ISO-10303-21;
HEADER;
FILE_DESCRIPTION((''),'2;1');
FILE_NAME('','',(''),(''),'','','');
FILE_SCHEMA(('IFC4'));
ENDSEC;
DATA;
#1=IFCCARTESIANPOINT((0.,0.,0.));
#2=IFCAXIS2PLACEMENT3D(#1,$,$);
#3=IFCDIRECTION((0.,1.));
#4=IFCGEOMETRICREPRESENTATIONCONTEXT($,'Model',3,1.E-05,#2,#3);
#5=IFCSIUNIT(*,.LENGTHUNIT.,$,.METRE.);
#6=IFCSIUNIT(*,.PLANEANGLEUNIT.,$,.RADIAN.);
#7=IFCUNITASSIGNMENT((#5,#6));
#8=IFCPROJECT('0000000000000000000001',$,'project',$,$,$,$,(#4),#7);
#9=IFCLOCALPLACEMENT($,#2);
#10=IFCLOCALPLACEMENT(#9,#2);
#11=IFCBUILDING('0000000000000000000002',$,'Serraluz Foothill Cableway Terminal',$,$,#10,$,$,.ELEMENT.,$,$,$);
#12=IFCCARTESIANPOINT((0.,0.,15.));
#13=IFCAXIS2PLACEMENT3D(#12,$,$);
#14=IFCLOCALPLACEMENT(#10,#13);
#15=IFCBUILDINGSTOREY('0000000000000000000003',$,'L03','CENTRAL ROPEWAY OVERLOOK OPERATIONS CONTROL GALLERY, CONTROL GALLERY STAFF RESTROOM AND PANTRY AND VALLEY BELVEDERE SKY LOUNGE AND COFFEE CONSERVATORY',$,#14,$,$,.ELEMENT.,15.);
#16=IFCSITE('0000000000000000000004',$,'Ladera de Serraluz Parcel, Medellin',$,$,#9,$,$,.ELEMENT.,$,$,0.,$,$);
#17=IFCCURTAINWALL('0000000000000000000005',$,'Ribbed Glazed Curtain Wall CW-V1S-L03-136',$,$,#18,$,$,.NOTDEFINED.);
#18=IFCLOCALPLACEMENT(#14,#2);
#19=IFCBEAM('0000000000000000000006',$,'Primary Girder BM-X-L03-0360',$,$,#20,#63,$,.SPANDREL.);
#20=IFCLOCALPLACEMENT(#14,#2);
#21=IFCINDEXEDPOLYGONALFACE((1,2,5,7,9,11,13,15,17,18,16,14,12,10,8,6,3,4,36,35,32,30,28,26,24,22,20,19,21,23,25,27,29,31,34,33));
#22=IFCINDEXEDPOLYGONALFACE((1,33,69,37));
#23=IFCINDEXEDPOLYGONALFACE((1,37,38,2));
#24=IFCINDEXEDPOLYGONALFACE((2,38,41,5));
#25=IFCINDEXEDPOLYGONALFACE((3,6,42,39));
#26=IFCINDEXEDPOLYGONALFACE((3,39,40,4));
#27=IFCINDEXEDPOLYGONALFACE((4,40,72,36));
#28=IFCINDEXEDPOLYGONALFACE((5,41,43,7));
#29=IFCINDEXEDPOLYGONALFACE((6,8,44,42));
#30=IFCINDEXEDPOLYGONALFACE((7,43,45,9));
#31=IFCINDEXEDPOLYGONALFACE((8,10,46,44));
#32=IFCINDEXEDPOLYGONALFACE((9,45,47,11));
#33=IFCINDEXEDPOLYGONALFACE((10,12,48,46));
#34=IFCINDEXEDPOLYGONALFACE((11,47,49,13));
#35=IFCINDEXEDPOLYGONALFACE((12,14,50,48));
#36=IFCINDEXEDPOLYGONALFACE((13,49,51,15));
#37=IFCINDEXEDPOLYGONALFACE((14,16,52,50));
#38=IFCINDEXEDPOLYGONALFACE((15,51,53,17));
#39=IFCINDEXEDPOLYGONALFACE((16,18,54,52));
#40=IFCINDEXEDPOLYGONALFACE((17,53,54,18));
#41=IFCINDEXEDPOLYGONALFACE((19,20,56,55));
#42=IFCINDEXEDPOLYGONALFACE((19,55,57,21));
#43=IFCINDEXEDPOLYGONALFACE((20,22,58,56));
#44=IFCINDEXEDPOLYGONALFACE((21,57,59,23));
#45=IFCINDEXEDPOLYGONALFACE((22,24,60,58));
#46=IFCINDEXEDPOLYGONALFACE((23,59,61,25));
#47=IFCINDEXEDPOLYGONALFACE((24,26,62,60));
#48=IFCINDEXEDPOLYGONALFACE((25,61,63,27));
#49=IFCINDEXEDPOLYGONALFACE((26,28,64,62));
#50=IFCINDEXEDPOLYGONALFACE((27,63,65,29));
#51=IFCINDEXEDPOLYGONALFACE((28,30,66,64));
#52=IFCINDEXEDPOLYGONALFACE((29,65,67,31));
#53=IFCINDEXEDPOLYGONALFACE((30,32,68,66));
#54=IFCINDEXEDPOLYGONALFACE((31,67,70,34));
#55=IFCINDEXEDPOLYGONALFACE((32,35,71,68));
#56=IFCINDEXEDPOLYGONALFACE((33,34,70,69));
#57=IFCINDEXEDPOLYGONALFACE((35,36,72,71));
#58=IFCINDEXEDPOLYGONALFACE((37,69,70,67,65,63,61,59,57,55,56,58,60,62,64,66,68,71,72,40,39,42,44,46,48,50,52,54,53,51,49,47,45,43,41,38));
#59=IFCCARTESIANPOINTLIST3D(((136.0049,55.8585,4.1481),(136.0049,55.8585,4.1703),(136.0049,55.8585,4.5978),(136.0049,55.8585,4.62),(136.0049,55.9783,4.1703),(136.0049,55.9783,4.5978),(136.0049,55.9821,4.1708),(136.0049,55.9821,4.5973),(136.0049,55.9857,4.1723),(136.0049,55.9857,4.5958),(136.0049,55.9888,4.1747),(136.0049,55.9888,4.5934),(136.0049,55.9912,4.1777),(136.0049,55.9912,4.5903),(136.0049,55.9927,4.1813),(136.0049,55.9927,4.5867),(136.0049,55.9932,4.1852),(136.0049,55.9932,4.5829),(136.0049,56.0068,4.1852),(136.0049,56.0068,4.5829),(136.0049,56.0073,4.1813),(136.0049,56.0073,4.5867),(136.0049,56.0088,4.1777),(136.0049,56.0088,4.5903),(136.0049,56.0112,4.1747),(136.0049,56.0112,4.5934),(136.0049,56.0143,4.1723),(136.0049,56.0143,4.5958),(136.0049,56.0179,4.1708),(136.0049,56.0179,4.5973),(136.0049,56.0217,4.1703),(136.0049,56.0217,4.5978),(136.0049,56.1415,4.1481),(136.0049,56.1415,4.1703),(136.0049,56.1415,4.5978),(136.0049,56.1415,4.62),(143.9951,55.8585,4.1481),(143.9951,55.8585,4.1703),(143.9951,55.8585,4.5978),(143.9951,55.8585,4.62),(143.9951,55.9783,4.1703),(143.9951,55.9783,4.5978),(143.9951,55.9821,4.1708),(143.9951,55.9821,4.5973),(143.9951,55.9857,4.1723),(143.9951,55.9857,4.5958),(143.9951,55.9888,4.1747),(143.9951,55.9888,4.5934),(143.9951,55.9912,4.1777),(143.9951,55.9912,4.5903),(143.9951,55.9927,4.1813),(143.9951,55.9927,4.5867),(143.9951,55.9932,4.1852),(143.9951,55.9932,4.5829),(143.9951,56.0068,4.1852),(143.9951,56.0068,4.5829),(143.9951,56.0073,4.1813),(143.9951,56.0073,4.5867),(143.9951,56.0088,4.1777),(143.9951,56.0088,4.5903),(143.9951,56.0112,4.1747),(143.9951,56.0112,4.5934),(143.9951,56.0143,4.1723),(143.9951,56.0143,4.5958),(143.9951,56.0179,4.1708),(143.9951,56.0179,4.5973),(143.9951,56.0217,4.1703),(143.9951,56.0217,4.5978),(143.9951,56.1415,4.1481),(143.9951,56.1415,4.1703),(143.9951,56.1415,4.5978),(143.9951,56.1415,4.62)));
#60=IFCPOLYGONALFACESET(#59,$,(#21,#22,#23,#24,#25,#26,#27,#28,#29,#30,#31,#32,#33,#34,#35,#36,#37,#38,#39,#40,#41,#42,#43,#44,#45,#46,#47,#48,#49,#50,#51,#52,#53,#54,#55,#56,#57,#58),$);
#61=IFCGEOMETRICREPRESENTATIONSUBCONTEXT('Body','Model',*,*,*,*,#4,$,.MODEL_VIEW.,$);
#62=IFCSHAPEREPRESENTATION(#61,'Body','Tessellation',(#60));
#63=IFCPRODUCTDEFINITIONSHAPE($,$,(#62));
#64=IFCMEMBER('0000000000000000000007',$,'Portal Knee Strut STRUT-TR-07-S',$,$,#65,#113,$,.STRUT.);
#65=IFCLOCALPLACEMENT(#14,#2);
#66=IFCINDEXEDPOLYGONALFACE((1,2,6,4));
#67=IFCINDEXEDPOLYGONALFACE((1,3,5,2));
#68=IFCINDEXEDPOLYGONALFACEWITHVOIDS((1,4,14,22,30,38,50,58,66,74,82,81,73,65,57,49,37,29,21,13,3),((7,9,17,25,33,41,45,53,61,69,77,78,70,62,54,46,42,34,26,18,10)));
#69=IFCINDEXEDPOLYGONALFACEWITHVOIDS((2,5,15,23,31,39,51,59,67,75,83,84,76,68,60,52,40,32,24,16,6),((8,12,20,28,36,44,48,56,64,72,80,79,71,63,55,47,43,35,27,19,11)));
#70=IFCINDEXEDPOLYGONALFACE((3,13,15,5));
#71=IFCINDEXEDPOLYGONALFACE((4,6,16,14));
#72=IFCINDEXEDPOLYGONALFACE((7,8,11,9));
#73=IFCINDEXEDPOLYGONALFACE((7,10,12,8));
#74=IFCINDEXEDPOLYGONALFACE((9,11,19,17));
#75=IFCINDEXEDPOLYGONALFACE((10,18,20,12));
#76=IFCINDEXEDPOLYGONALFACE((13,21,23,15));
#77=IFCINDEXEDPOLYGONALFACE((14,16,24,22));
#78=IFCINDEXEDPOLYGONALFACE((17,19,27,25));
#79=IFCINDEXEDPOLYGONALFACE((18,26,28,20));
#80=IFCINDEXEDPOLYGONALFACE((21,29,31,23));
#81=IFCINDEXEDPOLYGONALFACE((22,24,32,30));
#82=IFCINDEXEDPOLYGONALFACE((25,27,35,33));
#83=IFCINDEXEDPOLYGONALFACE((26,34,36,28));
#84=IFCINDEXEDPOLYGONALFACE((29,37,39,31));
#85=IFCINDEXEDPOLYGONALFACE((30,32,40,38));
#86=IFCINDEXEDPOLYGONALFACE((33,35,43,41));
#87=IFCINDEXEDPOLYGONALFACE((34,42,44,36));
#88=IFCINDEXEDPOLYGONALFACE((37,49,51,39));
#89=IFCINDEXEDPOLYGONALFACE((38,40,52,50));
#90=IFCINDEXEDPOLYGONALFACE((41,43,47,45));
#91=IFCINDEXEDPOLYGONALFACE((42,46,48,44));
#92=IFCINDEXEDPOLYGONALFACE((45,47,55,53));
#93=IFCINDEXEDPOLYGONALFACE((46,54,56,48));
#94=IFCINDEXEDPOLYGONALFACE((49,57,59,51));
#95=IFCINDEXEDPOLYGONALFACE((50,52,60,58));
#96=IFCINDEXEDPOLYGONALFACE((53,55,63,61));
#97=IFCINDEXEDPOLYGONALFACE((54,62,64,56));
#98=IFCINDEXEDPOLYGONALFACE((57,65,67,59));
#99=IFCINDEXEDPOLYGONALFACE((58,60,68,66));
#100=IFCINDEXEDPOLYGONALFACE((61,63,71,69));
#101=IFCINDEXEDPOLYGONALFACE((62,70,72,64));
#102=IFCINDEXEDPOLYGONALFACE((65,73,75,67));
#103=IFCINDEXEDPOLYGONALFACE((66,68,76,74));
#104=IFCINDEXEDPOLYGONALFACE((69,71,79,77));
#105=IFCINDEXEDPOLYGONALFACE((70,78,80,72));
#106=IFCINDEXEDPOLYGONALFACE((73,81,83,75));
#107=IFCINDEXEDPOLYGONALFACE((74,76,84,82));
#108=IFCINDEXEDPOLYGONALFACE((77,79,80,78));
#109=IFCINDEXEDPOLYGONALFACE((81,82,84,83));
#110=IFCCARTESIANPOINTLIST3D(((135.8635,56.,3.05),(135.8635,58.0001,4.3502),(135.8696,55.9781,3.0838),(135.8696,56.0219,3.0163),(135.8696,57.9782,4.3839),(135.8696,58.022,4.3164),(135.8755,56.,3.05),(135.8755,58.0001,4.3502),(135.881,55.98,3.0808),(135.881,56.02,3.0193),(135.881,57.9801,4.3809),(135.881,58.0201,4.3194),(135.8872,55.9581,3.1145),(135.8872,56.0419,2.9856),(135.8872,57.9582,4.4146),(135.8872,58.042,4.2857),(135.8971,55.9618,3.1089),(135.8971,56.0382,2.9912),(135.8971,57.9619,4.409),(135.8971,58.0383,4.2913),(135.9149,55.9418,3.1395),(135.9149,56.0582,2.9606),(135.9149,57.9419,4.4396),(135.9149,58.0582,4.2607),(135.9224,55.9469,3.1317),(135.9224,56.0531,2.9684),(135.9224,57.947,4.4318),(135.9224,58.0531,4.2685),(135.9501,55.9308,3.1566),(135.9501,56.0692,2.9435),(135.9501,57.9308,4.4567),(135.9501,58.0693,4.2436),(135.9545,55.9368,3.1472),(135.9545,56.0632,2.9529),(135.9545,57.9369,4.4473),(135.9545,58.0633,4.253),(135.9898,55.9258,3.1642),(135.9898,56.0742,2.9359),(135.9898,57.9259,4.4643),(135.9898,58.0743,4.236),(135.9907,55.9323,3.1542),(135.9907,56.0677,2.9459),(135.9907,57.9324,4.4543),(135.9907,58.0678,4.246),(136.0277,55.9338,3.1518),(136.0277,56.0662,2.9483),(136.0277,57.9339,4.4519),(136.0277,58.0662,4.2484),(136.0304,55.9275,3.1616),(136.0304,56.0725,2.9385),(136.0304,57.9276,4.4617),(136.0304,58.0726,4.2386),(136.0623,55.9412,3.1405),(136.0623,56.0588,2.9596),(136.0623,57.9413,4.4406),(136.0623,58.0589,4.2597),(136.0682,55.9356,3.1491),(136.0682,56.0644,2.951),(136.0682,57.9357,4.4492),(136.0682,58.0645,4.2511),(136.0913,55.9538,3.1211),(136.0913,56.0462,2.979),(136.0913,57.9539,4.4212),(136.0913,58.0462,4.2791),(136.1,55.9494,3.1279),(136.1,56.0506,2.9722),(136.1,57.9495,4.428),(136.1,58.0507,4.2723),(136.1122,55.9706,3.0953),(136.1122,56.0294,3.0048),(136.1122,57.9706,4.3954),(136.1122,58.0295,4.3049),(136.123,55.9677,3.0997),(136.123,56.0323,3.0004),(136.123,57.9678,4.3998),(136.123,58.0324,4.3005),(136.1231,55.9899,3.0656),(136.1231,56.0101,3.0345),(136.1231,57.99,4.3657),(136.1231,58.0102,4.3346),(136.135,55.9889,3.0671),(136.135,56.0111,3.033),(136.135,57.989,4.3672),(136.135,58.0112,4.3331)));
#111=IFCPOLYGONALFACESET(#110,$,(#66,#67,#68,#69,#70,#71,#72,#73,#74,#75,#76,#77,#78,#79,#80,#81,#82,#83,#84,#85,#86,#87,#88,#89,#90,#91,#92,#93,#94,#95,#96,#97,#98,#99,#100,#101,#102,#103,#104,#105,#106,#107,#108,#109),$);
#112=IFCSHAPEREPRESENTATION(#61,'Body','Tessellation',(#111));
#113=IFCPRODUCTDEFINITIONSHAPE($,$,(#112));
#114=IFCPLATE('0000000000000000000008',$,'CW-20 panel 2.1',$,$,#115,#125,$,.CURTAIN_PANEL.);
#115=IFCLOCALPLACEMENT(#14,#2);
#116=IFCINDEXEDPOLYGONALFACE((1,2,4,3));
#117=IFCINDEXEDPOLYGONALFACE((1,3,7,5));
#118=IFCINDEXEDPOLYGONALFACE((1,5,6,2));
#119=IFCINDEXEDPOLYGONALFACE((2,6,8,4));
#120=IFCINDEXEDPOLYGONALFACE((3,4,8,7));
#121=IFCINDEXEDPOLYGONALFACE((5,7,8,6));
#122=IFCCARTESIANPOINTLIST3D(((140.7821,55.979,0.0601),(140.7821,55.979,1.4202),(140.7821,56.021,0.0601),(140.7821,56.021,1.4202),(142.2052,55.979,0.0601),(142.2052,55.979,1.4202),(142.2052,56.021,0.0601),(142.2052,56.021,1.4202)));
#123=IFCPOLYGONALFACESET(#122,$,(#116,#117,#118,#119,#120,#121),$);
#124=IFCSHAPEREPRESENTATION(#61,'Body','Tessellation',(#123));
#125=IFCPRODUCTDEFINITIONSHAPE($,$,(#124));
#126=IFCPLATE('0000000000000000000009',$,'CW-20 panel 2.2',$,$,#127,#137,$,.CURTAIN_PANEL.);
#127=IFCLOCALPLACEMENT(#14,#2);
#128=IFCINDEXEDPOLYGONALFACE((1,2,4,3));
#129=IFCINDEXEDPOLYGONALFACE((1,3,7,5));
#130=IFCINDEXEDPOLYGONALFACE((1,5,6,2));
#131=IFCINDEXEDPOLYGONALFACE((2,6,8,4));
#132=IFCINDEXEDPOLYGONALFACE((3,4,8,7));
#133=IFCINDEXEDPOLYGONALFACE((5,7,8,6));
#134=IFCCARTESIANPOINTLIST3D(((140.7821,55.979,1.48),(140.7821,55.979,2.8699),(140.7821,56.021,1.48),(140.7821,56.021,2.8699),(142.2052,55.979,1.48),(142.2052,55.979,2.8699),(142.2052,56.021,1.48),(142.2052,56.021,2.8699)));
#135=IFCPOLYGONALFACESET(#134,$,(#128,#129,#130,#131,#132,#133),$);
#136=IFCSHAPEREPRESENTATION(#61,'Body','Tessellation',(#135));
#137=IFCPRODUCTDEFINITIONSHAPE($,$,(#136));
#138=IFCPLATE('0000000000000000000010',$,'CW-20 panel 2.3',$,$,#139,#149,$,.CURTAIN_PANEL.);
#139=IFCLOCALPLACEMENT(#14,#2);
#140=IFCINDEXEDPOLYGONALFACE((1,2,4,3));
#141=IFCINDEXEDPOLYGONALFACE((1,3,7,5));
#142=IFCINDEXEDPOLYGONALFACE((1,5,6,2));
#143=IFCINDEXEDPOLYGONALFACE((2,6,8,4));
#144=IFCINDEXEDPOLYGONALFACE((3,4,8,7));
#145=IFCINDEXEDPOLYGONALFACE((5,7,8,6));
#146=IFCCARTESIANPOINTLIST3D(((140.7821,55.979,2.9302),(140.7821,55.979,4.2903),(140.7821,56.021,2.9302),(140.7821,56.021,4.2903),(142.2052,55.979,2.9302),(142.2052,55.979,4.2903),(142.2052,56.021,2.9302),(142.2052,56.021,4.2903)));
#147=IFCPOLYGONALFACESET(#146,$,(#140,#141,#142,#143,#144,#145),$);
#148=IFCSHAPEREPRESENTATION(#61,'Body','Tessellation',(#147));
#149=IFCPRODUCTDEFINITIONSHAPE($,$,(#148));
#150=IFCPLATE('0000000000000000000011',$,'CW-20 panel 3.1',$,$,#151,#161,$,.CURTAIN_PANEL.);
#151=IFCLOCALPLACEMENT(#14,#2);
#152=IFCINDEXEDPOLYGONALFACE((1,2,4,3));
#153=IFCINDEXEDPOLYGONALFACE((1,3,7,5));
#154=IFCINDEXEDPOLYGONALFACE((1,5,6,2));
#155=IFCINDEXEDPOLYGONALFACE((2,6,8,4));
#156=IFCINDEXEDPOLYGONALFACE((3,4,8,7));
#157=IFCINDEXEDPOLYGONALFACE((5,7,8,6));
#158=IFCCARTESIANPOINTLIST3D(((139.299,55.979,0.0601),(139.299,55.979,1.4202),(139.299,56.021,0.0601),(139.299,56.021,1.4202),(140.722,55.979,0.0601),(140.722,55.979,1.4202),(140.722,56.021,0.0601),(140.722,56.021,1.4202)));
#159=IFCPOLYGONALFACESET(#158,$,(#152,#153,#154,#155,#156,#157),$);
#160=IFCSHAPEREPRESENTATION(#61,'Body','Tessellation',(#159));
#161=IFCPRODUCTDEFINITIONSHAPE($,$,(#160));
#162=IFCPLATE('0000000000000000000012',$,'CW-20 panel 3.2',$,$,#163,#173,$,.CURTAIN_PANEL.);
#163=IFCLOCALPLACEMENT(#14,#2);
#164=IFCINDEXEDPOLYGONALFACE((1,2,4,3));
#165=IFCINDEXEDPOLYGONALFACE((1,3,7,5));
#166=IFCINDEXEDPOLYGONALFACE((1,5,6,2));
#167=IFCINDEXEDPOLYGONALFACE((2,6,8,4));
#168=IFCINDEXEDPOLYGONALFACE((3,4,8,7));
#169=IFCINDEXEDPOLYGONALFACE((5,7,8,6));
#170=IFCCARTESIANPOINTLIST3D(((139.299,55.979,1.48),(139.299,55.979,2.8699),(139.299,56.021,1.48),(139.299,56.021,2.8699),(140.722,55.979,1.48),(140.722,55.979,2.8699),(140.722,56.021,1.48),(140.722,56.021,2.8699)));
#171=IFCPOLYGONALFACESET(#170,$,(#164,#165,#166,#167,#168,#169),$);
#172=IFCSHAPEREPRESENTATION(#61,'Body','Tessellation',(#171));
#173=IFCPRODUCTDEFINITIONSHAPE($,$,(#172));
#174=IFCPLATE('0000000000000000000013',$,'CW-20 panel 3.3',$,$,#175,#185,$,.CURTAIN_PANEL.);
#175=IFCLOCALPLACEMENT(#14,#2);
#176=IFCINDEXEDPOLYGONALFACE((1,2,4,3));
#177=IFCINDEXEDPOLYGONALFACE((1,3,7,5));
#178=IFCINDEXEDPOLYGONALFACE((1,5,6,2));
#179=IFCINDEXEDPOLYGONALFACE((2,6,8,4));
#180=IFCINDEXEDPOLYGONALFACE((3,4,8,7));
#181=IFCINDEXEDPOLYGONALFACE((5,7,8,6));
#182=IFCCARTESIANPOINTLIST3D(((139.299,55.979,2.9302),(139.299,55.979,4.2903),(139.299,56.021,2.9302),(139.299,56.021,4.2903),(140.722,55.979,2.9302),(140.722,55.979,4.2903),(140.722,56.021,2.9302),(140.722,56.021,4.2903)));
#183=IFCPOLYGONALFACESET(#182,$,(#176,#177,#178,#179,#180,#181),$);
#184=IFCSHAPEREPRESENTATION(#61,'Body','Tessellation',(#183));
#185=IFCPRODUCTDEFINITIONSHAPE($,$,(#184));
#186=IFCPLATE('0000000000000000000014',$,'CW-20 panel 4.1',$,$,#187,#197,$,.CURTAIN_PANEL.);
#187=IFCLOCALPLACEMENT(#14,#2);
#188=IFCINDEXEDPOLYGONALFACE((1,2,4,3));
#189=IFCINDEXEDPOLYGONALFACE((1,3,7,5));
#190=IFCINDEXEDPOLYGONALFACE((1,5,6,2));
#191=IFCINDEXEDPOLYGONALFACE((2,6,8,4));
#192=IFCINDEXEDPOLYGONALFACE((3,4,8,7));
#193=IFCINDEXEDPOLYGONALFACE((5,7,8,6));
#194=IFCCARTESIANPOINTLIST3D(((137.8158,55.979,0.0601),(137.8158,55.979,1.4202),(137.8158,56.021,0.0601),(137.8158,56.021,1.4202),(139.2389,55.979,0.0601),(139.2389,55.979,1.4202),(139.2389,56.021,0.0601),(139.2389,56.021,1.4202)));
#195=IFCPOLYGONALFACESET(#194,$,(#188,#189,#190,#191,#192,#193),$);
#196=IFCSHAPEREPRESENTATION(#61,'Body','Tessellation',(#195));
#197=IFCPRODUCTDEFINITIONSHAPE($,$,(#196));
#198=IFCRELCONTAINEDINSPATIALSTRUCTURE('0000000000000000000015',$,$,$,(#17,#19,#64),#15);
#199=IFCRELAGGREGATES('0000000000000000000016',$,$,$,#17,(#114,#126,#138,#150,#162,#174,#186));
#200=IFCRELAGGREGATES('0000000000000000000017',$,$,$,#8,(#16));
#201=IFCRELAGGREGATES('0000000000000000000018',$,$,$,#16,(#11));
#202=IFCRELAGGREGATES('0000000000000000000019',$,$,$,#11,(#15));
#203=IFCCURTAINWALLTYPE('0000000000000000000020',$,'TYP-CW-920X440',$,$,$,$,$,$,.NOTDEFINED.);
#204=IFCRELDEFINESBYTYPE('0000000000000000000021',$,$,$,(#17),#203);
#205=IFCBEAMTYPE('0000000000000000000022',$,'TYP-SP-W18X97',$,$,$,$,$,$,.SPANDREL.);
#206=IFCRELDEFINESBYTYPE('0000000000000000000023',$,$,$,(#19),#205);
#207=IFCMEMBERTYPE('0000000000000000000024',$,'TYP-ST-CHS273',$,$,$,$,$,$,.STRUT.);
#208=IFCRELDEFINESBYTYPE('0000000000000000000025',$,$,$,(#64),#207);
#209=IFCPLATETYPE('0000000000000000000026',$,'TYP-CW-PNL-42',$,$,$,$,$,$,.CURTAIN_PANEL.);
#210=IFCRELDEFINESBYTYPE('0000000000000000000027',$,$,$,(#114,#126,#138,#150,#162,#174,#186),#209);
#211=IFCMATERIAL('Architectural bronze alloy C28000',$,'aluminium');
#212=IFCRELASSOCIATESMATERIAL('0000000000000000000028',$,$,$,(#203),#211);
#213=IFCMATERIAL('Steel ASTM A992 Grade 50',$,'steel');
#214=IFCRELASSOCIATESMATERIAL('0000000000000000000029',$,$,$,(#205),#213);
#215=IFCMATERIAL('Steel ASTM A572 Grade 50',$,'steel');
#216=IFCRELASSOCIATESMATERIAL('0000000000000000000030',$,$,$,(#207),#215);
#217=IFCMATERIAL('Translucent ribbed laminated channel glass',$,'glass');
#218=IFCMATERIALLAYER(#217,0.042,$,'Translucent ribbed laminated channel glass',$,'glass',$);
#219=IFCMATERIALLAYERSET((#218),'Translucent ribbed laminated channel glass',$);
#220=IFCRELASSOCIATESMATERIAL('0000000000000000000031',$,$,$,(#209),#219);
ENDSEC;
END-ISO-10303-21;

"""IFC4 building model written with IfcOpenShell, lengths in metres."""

from ifc_helpers import new_model, si_unit, direction, frame, origin, origin_2d, place, context, subcontext, project, spatial, rectangle, hollow_circle, i_section, extrude, material, layer, layer_set, material_profile, profile_set, type_object, element, aggregate, save


model = new_model("IFC4")

# Units and contexts
model_context = context("Model", 3, precision=1e-05, world=origin(), true_north=direction((0.0, 1.0)))
body_context = subcontext(model_context, "Body", "Model", "MODEL_VIEW")
ifc_project = project(units=[si_unit("LENGTHUNIT", "METRE"), si_unit("PLANEANGLEUNIT", "RADIAN")], contexts=[model_context])

# Site, building, storey
site_placement = place(None, origin())
site = spatial("IfcSite", under=ifc_project, at=site_placement, Name="Ladera de Serraluz Parcel, Medellin", CompositionType="ELEMENT", RefElevation=0.0)
building_placement = place(site_placement, origin())
building = spatial("IfcBuilding", under=site, at=building_placement, Name="Serraluz Foothill Cableway Terminal", CompositionType="ELEMENT")
storey_placement = place(building_placement, frame((0.0, 0.0, 15.0)))
storey = spatial("IfcBuildingStorey", under=building, at=storey_placement, Name="L03", Description="CENTRAL ROPEWAY OVERLOOK OPERATIONS CONTROL GALLERY, CONTROL GALLERY STAFF RESTROOM AND PANTRY AND VALLEY BELVEDERE SKY LOUNGE AND COFFEE CONSERVATORY", CompositionType="ELEMENT", Elevation=15.0)

# Shared definitions
ifc_material_1 = material(Name="Steel ASTM A992 Grade 50", Category="steel")

# Shared definitions
ifc_material_2 = material(Name="Architectural bronze alloy C28000", Category="aluminium")

# Curtain wall
curtain_wall_type_1 = type_object("IfcCurtainWallType", Name="TYP-CW-920X440", PredefinedType="NOTDEFINED", material=ifc_material_2)
curtain_wall_1_placement = place(storey_placement, origin())
curtain_wall_1 = element("IfcCurtainWall", 1, at=curtain_wall_1_placement, inside=storey, type_object=curtain_wall_type_1, Name="Ribbed Glazed Curtain Wall CW-V1S-L03-136", PredefinedType="NOTDEFINED")

# Beam
ifc_material_profile_1 = material_profile(ifc_material_1, i_section(OverallWidth=0.283, OverallDepth=0.4719, WebThickness=0.0137, FlangeThickness=0.0222, FilletRadius=0.0149, at=origin_2d()), Name="W18X97")
ifc_profile_set_1 = profile_set([ifc_material_profile_1], Name="Steel ASTM A992 Grade 50")
beam_type_1 = type_object("IfcBeamType", Name="TYP-SP-W18X97", PredefinedType="SPANDREL", material=ifc_profile_set_1)
beam_1_placement = place(storey_placement, frame((136.0049, 56.0, 4.384), z_axis=(1.0, 0.0, 0.0), x_axis=(0.0, 1.0, 0.0)))
element("IfcBeam", 2, at=beam_1_placement, inside=storey, type_object=beam_type_1, Name="Primary Girder BM-X-L03-0360", PredefinedType="SPANDREL", context=body_context, shape_type="SweptSolid", body=[
    extrude(i_section(OverallWidth=0.283, OverallDepth=0.4719, WebThickness=0.0137, FlangeThickness=0.0222, FilletRadius=0.0149, at=origin_2d()), origin(), (0.0, 0.0, 1.0), 7.9902),
])

# Member
ifc_material_3 = material(Name="Steel ASTM A572 Grade 50", Category="steel")
ifc_material_profile_2 = material_profile(ifc_material_3, hollow_circle(Radius=0.1365, WallThickness=0.012, at=origin_2d()), Name="CHS273X12")
ifc_profile_set_2 = profile_set([ifc_material_profile_2], Name="Steel ASTM A572 Grade 50")
member_type_1 = type_object("IfcMemberType", Name="TYP-ST-CHS273", PredefinedType="STRUT", material=ifc_profile_set_2)
member_1_placement = place(storey_placement, frame((136.0, 56.0, 3.05), z_axis=(0.0, 0.838434, 0.545003), x_axis=(-1.0, 0.0, 0.0)))
element("IfcMember", 3, at=member_1_placement, inside=storey, type_object=member_type_1, Name="Portal Knee Strut STRUT-TR-07-S", PredefinedType="STRUT", context=body_context, shape_type="SweptSolid", body=[
    extrude(hollow_circle(Radius=0.1365, WallThickness=0.012, at=origin_2d()), origin(), (0.0, 0.0, 1.0), 2.3855),
])

# Plates
ifc_material_4 = material(Name="Translucent ribbed laminated channel glass", Category="glass")
ifc_layer_1 = layer(ifc_material_4, 0.042, Name="Translucent ribbed laminated channel glass", Category="glass")
ifc_layer_set_1 = layer_set([ifc_layer_1], Name="Translucent ribbed laminated channel glass")
plate_type_1 = type_object("IfcPlateType", Name="TYP-CW-PNL-42", PredefinedType="CURTAIN_PANEL", material=ifc_layer_set_1)
plate_1_placement = place(storey_placement, frame((141.4937, 56.0, 0.0601), z_axis=(0.0, 0.0, 1.0), x_axis=(-1.0, 0.0, 0.0)))
plate_1 = element("IfcPlate", 4, at=plate_1_placement, type_object=plate_type_1, Name="CW-20 panel 2.1", PredefinedType="CURTAIN_PANEL", context=body_context, shape_type="SweptSolid", body=[
    extrude(rectangle(XDim=1.4231, YDim=0.042, at=origin_2d()), origin(), (0.0, 0.0, 1.0), 1.3601),
])
plate_2_placement = place(storey_placement, frame((141.4937, 56.0, 1.48), z_axis=(0.0, 0.0, 1.0), x_axis=(-1.0, 0.0, 0.0)))
plate_2 = element("IfcPlate", 5, at=plate_2_placement, type_object=plate_type_1, Name="CW-20 panel 2.2", PredefinedType="CURTAIN_PANEL", context=body_context, shape_type="SweptSolid", body=[
    extrude(rectangle(XDim=1.4231, YDim=0.042, at=origin_2d()), origin(), (0.0, 0.0, 1.0), 1.3899),
])
plate_3_placement = place(storey_placement, frame((141.4937, 56.0, 2.9302), z_axis=(0.0, 0.0, 1.0), x_axis=(-1.0, 0.0, 0.0)))
plate_3 = element("IfcPlate", 6, at=plate_3_placement, type_object=plate_type_1, Name="CW-20 panel 2.3", PredefinedType="CURTAIN_PANEL", context=body_context, shape_type="SweptSolid", body=[
    extrude(rectangle(XDim=1.4231, YDim=0.042, at=origin_2d()), origin(), (0.0, 0.0, 1.0), 1.3601),
])
plate_4_placement = place(storey_placement, frame((140.0105, 56.0, 0.0601), z_axis=(0.0, 0.0, 1.0), x_axis=(-1.0, 0.0, 0.0)))
plate_4 = element("IfcPlate", 7, at=plate_4_placement, type_object=plate_type_1, Name="CW-20 panel 3.1", PredefinedType="CURTAIN_PANEL", context=body_context, shape_type="SweptSolid", body=[
    extrude(rectangle(XDim=1.4231, YDim=0.042, at=origin_2d()), origin(), (0.0, 0.0, 1.0), 1.3601),
])
plate_5_placement = place(storey_placement, frame((140.0105, 56.0, 1.48), z_axis=(0.0, 0.0, 1.0), x_axis=(-1.0, 0.0, 0.0)))
plate_5 = element("IfcPlate", 8, at=plate_5_placement, type_object=plate_type_1, Name="CW-20 panel 3.2", PredefinedType="CURTAIN_PANEL", context=body_context, shape_type="SweptSolid", body=[
    extrude(rectangle(XDim=1.4231, YDim=0.042, at=origin_2d()), origin(), (0.0, 0.0, 1.0), 1.3899),
])
plate_6_placement = place(storey_placement, frame((140.0105, 56.0, 2.9302), z_axis=(0.0, 0.0, 1.0), x_axis=(-1.0, 0.0, 0.0)))
plate_6 = element("IfcPlate", 9, at=plate_6_placement, type_object=plate_type_1, Name="CW-20 panel 3.3", PredefinedType="CURTAIN_PANEL", context=body_context, shape_type="SweptSolid", body=[
    extrude(rectangle(XDim=1.4231, YDim=0.042, at=origin_2d()), origin(), (0.0, 0.0, 1.0), 1.3601),
])
plate_7_placement = place(storey_placement, frame((138.5273, 56.0, 0.0601), z_axis=(0.0, 0.0, 1.0), x_axis=(-1.0, 0.0, 0.0)))
plate_7 = element("IfcPlate", 10, at=plate_7_placement, type_object=plate_type_1, Name="CW-20 panel 4.1", PredefinedType="CURTAIN_PANEL", context=body_context, shape_type="SweptSolid", body=[
    extrude(rectangle(XDim=1.4231, YDim=0.042, at=origin_2d()), origin(), (0.0, 0.0, 1.0), 1.3601),
])
aggregate(curtain_wall_1, [plate_1, plate_2, plate_3, plate_4, plate_5, plate_6, plate_7])

save(model, "model.ifc")
